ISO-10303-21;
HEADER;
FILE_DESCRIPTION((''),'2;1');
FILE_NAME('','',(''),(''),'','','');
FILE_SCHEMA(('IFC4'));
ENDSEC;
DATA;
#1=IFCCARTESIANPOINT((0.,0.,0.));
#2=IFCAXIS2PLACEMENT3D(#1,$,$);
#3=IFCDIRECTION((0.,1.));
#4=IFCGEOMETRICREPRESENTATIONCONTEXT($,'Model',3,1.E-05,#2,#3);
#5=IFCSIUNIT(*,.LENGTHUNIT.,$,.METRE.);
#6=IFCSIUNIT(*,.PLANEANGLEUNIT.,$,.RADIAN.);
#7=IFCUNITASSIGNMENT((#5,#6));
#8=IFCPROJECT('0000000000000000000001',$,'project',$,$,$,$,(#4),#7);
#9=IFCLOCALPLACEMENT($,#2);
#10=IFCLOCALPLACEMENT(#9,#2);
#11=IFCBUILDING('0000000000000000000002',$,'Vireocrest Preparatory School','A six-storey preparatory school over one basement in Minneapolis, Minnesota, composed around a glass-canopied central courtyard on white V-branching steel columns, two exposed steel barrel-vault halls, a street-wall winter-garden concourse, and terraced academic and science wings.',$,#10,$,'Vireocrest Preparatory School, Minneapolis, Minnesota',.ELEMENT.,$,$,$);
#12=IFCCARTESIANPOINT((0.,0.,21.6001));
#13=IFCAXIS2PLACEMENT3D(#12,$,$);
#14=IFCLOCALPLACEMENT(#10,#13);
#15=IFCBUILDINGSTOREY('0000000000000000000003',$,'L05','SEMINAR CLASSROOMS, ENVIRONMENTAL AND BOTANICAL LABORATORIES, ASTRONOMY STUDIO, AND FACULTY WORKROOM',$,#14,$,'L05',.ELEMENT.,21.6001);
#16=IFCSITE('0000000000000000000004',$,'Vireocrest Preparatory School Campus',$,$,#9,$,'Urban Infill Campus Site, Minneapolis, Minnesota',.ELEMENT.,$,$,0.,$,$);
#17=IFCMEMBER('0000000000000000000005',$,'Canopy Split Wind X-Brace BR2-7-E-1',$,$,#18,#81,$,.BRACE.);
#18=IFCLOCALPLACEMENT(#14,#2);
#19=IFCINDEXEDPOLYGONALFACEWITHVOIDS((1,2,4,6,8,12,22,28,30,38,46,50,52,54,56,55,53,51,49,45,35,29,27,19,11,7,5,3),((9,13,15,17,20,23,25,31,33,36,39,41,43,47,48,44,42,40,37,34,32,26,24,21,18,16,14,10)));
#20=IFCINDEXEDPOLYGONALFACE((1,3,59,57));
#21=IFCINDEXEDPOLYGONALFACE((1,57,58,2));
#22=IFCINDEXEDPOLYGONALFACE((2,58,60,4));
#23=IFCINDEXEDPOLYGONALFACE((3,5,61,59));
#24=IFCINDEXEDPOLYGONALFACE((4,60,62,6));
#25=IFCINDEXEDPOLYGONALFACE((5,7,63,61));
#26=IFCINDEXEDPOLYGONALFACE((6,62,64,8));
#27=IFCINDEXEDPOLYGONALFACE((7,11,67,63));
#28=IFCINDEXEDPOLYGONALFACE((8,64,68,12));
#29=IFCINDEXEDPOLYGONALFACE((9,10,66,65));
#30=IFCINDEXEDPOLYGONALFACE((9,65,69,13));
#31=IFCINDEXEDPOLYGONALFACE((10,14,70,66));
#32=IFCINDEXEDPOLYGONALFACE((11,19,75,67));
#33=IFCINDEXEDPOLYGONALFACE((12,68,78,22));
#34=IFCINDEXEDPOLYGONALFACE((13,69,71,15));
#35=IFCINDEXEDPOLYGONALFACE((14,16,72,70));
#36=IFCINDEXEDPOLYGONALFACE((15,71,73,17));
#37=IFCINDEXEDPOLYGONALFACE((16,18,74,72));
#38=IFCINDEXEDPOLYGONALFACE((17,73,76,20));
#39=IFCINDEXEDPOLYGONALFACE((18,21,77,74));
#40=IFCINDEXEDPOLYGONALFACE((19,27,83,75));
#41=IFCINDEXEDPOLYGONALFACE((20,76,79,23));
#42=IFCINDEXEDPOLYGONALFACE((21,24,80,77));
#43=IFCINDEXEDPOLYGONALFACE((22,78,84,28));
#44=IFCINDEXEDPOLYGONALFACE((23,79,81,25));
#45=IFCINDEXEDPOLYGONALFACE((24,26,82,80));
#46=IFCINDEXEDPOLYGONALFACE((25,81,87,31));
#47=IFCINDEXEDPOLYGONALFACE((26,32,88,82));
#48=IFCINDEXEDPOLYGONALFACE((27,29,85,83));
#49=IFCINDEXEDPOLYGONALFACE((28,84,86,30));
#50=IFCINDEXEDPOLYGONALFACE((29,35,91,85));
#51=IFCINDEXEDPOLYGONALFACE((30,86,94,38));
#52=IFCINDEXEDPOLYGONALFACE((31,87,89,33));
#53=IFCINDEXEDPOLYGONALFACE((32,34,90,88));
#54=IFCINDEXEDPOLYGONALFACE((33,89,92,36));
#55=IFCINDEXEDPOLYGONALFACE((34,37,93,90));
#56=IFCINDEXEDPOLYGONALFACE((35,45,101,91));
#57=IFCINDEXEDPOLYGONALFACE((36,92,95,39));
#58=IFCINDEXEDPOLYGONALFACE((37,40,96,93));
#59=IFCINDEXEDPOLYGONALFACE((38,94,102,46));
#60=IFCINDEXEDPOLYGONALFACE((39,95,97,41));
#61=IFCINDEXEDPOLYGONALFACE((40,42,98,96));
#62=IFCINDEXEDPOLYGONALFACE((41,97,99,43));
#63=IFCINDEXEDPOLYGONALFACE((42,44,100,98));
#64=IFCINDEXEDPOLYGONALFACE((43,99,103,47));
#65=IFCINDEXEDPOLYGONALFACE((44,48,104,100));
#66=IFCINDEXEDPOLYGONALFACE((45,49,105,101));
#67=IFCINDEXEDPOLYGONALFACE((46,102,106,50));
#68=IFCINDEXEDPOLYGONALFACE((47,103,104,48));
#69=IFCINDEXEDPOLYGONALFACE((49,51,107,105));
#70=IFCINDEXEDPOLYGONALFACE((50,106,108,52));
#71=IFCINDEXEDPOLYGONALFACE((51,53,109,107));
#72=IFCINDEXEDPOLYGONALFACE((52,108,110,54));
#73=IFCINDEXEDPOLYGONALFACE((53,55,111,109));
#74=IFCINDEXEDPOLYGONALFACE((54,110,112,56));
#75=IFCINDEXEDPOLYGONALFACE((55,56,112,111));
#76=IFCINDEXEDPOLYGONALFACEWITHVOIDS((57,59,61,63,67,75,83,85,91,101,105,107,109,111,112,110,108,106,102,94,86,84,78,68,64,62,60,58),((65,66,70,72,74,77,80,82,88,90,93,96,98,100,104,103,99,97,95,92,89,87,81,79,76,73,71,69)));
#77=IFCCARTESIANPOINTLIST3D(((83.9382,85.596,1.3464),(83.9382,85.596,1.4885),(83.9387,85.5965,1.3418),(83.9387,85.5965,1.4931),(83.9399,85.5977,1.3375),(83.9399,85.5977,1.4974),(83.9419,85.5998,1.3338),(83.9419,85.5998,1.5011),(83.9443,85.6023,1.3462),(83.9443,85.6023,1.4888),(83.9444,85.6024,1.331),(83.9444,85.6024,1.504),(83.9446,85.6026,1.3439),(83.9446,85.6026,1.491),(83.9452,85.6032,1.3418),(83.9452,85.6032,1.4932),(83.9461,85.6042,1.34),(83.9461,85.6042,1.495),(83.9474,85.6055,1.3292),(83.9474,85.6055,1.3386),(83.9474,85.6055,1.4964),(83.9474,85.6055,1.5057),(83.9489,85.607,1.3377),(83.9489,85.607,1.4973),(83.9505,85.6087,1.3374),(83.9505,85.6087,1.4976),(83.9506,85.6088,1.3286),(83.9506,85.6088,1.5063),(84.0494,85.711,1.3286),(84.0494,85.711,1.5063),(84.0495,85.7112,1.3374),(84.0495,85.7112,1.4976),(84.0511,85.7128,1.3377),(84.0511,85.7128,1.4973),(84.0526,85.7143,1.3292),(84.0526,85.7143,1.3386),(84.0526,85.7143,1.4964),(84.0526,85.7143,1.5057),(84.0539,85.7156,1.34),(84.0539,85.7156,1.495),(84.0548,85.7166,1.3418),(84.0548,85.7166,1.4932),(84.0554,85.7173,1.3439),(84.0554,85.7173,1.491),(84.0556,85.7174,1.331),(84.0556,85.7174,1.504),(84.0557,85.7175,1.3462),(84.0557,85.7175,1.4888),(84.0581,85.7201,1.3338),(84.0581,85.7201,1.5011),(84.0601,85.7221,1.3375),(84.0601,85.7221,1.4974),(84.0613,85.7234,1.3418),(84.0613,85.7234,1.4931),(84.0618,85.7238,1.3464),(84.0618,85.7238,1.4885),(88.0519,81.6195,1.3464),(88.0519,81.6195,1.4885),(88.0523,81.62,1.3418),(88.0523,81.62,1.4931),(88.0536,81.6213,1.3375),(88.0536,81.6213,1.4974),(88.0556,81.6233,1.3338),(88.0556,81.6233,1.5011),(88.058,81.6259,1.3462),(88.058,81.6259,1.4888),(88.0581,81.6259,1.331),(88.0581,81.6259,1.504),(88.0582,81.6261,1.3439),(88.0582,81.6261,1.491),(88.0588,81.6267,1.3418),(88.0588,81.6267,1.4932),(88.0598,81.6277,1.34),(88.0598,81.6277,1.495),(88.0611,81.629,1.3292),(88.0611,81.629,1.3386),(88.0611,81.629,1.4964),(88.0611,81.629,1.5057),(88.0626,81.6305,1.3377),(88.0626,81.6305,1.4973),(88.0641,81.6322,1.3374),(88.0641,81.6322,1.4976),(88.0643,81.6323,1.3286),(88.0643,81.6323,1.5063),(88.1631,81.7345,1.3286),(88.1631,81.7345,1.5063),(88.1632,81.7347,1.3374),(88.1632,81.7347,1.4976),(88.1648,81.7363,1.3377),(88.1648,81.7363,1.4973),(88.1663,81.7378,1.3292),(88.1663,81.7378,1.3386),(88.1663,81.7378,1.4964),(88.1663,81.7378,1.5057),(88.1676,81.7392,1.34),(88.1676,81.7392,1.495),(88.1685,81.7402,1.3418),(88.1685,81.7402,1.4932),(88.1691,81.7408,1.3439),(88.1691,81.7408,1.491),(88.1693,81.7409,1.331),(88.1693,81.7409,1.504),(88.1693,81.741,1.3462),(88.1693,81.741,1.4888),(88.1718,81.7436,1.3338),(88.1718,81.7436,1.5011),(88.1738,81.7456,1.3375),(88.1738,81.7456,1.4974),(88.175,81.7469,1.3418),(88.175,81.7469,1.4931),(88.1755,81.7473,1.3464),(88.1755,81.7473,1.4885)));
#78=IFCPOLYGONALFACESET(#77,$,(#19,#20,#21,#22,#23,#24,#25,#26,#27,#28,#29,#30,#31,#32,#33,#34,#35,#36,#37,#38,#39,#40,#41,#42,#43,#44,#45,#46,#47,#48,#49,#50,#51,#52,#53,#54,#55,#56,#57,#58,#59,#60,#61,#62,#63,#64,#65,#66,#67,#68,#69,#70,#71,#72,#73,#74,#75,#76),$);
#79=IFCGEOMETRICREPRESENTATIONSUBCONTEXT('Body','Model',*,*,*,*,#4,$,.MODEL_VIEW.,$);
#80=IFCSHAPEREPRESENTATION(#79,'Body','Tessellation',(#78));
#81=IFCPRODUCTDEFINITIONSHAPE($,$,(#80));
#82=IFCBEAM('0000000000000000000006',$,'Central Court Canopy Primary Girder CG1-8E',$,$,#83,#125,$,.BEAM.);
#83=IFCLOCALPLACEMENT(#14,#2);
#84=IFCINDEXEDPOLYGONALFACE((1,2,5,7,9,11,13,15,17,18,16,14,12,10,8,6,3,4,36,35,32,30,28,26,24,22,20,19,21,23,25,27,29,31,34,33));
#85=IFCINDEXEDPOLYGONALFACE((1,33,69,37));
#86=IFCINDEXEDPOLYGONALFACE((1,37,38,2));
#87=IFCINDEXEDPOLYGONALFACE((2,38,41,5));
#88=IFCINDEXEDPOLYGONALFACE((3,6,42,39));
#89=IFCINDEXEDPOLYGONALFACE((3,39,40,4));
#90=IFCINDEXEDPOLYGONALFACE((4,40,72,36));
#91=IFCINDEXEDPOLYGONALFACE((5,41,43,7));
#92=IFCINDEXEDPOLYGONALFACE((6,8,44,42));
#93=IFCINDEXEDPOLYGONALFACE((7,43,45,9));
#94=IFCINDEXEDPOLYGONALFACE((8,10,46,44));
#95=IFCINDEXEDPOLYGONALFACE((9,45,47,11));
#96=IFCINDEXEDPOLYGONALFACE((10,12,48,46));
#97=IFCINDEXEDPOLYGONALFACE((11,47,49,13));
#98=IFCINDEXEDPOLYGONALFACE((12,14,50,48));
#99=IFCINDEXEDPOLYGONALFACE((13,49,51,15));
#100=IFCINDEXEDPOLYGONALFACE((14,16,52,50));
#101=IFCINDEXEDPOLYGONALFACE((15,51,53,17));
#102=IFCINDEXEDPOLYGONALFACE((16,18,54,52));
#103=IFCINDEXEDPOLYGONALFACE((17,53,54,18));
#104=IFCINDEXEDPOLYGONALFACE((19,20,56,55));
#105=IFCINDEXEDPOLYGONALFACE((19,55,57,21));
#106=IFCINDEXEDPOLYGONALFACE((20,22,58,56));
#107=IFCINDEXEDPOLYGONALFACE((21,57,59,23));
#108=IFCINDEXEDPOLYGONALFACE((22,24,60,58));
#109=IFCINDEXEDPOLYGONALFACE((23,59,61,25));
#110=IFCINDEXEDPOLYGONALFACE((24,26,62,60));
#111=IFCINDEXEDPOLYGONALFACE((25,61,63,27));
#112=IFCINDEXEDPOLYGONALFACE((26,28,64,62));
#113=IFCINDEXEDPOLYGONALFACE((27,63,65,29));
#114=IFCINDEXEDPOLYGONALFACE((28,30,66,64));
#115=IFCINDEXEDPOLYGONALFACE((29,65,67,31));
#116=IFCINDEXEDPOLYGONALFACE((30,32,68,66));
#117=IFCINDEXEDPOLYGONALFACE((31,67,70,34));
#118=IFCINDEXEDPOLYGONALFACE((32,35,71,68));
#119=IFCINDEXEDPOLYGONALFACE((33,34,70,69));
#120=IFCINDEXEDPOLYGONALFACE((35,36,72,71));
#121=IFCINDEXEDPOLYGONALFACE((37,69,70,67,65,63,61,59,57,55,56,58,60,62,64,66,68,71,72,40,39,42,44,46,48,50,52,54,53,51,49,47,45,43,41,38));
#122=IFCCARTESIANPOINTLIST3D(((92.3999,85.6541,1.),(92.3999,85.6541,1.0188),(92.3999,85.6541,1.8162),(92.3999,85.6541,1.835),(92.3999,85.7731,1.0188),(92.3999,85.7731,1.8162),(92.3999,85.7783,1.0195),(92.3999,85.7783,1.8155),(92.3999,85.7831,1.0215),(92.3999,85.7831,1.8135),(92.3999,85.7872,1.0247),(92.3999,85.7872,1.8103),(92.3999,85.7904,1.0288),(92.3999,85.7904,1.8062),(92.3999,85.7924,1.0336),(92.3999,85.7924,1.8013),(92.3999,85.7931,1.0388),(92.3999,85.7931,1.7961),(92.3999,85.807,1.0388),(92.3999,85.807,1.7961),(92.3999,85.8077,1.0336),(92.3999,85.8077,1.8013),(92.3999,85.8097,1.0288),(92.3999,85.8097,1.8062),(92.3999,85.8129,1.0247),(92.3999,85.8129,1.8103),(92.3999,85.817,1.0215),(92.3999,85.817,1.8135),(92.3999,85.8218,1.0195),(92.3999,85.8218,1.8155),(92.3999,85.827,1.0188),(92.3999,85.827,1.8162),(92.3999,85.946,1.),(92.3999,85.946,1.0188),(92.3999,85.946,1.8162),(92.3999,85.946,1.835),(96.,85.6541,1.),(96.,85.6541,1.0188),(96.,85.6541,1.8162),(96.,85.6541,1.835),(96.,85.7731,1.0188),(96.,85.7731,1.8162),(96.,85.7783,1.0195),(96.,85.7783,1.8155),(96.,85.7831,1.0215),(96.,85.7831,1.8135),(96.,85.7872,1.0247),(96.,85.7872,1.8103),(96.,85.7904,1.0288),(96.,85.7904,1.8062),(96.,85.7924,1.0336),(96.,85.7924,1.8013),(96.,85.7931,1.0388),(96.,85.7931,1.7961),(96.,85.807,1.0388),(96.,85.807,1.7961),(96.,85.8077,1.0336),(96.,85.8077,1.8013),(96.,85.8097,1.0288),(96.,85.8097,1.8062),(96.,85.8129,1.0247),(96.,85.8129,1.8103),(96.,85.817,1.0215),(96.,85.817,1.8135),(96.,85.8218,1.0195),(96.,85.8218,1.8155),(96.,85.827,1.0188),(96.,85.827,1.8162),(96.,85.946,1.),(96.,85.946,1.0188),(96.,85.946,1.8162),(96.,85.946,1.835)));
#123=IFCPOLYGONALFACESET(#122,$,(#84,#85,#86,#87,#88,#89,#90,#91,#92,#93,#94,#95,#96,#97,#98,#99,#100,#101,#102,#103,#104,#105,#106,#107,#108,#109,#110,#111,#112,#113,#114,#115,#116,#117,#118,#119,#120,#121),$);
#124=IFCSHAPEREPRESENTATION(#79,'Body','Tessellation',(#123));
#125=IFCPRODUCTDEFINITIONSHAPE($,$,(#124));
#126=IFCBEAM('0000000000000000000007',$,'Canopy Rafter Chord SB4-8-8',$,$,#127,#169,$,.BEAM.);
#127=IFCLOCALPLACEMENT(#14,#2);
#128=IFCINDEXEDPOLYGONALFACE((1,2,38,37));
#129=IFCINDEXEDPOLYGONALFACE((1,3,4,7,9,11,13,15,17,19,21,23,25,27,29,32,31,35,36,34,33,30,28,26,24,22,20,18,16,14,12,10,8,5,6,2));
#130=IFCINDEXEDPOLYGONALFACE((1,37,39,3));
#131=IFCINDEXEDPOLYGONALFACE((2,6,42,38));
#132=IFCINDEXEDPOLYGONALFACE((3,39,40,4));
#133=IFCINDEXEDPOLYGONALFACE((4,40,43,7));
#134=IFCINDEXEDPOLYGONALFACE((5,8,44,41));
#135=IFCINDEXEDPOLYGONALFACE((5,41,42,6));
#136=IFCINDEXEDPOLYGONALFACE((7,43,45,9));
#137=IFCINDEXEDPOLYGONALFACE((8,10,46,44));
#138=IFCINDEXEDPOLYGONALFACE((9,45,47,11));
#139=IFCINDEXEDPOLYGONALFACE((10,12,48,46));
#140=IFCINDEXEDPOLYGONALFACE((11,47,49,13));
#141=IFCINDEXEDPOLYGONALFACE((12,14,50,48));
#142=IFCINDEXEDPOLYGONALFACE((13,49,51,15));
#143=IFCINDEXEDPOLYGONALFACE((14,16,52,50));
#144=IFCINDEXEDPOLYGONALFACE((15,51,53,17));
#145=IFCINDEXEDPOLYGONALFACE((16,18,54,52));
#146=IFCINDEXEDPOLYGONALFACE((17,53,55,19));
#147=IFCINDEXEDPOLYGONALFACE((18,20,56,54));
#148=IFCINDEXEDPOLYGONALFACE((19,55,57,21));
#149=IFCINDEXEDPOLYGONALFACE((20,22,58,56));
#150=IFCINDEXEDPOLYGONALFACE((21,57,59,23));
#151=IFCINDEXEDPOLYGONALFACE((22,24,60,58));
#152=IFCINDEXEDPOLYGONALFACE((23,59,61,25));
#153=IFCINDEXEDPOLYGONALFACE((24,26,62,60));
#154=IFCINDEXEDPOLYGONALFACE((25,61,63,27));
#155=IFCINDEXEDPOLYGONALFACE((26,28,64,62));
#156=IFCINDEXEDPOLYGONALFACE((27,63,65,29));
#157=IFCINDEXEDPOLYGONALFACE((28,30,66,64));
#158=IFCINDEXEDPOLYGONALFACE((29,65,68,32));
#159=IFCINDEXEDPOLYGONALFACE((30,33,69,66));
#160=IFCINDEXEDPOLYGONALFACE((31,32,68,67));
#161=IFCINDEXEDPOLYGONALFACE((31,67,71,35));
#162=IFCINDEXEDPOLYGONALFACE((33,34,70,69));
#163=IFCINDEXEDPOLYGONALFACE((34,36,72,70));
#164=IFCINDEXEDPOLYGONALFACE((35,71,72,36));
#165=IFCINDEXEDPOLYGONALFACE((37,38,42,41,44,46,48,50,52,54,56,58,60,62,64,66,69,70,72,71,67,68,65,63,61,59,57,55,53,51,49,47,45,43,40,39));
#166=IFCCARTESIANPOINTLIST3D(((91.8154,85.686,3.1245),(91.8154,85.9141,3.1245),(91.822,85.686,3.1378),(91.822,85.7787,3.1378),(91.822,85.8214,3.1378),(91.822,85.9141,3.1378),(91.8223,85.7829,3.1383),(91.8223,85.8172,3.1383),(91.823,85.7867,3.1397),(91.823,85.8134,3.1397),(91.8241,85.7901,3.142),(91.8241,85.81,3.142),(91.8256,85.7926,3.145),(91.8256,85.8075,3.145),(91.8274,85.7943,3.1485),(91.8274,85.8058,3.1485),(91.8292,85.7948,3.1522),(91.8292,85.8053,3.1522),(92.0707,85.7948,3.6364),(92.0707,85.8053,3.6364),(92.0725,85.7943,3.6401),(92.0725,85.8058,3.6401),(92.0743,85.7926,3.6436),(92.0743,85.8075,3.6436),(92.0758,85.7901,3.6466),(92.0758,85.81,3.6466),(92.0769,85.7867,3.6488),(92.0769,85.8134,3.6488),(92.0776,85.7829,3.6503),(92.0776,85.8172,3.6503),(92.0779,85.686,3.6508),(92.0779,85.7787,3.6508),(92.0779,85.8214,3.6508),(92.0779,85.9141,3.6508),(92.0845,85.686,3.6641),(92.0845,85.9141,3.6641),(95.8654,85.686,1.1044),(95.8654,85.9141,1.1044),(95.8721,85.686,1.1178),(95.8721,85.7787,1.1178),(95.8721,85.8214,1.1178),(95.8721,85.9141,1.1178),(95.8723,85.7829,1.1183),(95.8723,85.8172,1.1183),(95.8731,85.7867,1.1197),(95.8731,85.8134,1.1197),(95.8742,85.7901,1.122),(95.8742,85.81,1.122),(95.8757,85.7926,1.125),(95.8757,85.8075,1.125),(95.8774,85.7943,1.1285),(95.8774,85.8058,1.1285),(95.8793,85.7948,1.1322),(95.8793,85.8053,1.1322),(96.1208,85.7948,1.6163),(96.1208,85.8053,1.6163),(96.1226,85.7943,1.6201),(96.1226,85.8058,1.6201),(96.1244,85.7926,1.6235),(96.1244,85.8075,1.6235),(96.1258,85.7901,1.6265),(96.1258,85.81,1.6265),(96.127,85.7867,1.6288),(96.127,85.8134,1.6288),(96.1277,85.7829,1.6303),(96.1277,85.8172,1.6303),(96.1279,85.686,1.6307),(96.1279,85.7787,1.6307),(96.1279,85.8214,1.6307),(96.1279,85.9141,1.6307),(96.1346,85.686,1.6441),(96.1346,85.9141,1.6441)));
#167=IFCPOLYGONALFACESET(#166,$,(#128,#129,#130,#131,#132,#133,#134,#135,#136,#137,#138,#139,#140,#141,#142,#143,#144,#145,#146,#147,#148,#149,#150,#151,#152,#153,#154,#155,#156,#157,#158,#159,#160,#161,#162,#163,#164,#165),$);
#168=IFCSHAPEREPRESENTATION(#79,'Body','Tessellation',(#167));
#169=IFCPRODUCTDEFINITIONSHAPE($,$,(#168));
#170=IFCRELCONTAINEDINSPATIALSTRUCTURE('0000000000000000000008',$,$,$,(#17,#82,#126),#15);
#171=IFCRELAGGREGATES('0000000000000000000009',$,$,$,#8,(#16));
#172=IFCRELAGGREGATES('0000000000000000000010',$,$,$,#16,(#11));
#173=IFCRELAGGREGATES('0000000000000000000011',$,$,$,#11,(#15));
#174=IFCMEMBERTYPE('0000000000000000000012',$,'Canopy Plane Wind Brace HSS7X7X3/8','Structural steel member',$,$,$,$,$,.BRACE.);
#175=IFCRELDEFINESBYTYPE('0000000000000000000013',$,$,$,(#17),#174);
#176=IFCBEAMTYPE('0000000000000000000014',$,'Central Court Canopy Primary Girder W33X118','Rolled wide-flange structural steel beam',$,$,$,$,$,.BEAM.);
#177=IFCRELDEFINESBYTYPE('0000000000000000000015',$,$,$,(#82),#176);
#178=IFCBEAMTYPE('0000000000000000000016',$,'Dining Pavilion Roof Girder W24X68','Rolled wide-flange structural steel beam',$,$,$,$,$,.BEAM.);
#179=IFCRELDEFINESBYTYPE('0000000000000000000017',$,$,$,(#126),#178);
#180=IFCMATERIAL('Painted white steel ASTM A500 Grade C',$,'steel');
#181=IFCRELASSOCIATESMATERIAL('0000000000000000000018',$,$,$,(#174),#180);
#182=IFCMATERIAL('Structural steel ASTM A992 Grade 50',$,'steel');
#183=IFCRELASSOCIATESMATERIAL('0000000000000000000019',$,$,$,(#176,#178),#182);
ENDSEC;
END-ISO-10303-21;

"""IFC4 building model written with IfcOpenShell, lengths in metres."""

from ifc_helpers import new_model, si_unit, direction, frame, origin, origin_2d, place, context, subcontext, project, spatial, hollow_rectangle, i_section, extrude, material, material_profile, profile_set, type_object, element, save


model = new_model("IFC4")

# Units and contexts
model_context = context("Model", 3, precision=1e-05, world=origin(), true_north=direction((0.0, 1.0)))
body_context = subcontext(model_context, "Body", "Model", "MODEL_VIEW")
ifc_project = project(units=[si_unit("LENGTHUNIT", "METRE"), si_unit("PLANEANGLEUNIT", "RADIAN")], contexts=[model_context])

# Site, building, storey
site_placement = place(None, origin())
site = spatial("IfcSite", under=ifc_project, at=site_placement, Name="Vireocrest Preparatory School Campus", LongName="Urban Infill Campus Site, Minneapolis, Minnesota", CompositionType="ELEMENT", RefElevation=0.0)
building_placement = place(site_placement, origin())
building = spatial("IfcBuilding", under=site, at=building_placement, Name="Vireocrest Preparatory School", Description="A six-storey preparatory school over one basement in Minneapolis, Minnesota, composed around a glass-canopied central courtyard on white V-branching steel columns, two exposed steel barrel-vault halls, a street-wall winter-garden concourse, and terraced academic and science wings.", LongName="Vireocrest Preparatory School, Minneapolis, Minnesota", CompositionType="ELEMENT")
storey_placement = place(building_placement, frame((0.0, 0.0, 21.6001)))
storey = spatial("IfcBuildingStorey", under=building, at=storey_placement, Name="L05", Description="SEMINAR CLASSROOMS, ENVIRONMENTAL AND BOTANICAL LABORATORIES, ASTRONOMY STUDIO, AND FACULTY WORKROOM", LongName="L05", CompositionType="ELEMENT", Elevation=21.6001)

# Member
ifc_material_1 = material(Name="Painted white steel ASTM A500 Grade C", Category="steel")
ifc_material_profile_1 = material_profile(ifc_material_1, hollow_rectangle(XDim=0.1777, YDim=0.1777, WallThickness=0.0088, InnerFilletRadius=0.0088, OuterFilletRadius=0.0178, at=origin_2d()), Name="HSS7X7X3/8")
ifc_profile_set_1 = profile_set([ifc_material_profile_1], Name="Painted white steel ASTM A500 Grade C")
member_type_1 = type_object("IfcMemberType", Name="Canopy Plane Wind Brace HSS7X7X3/8", Description="Structural steel member", PredefinedType="BRACE", material=ifc_profile_set_1)
member_1_placement = place(storey_placement, frame((84.0, 85.6599, 1.4175), z_axis=(0.718995, -0.695015, 0.0), x_axis=(0.695015, 0.718995, 0.0)))
element("IfcMember", 1, at=member_1_placement, inside=storey, type_object=member_type_1, Name="Canopy Split Wind X-Brace BR2-7-E-1", PredefinedType="BRACE", context=body_context, shape_type="SweptSolid", body=[
    extrude(hollow_rectangle(XDim=0.1777, YDim=0.1777, WallThickness=0.0088, InnerFilletRadius=0.0088, OuterFilletRadius=0.0178, at=origin_2d()), origin(), (0.0, 0.0, 1.0), 5.7214),
])

# Beams
ifc_material_2 = material(Name="Structural steel ASTM A992 Grade 50", Category="steel")
ifc_material_profile_2 = material_profile(ifc_material_2, i_section(OverallWidth=0.292, OverallDepth=0.835, WebThickness=0.0139, FlangeThickness=0.0188, FilletRadius=0.02, at=origin_2d()), Name="W33X118")
ifc_profile_set_2 = profile_set([ifc_material_profile_2], Name="Structural steel ASTM A992 Grade 50")
beam_type_1 = type_object("IfcBeamType", Name="Central Court Canopy Primary Girder W33X118", Description="Rolled wide-flange structural steel beam", PredefinedType="BEAM", material=ifc_profile_set_2)
beam_1_placement = place(storey_placement, frame((92.3999, 85.8, 1.4175), z_axis=(1.0, 0.0, 0.0), x_axis=(0.0, 1.0, 0.0)))
element("IfcBeam", 2, at=beam_1_placement, inside=storey, type_object=beam_type_1, Name="Central Court Canopy Primary Girder CG1-8E", PredefinedType="BEAM", context=body_context, shape_type="SweptSolid", body=[
    extrude(i_section(OverallWidth=0.292, OverallDepth=0.835, WebThickness=0.0139, FlangeThickness=0.0188, FilletRadius=0.02, at=origin_2d()), origin(), (0.0, 0.0, 1.0), 3.6001),
])
ifc_material_profile_3 = material_profile(ifc_material_2, i_section(OverallWidth=0.228, OverallDepth=0.603, WebThickness=0.0105, FlangeThickness=0.0149, FilletRadius=0.0161, at=origin_2d()), Name="W24X68")
ifc_profile_set_3 = profile_set([ifc_material_profile_3], Name="Structural steel ASTM A992 Grade 50")
beam_type_2 = type_object("IfcBeamType", Name="Dining Pavilion Roof Girder W24X68", Description="Rolled wide-flange structural steel beam", PredefinedType="BEAM", material=ifc_profile_set_3)
beam_2_placement = place(storey_placement, frame((91.95, 85.8, 3.3943), z_axis=(0.894869, 0.0, -0.446329), x_axis=(0.0, 1.0, 0.0)))
element("IfcBeam", 3, at=beam_2_placement, inside=storey, type_object=beam_type_2, Name="Canopy Rafter Chord SB4-8-8", PredefinedType="BEAM", context=body_context, shape_type="SweptSolid", body=[
    extrude(i_section(OverallWidth=0.228, OverallDepth=0.603, WebThickness=0.0105, FlangeThickness=0.0149, FilletRadius=0.0161, at=origin_2d()), origin(), (0.0, 0.0, 1.0), 4.5259),
])

save(model, "model.ifc")
